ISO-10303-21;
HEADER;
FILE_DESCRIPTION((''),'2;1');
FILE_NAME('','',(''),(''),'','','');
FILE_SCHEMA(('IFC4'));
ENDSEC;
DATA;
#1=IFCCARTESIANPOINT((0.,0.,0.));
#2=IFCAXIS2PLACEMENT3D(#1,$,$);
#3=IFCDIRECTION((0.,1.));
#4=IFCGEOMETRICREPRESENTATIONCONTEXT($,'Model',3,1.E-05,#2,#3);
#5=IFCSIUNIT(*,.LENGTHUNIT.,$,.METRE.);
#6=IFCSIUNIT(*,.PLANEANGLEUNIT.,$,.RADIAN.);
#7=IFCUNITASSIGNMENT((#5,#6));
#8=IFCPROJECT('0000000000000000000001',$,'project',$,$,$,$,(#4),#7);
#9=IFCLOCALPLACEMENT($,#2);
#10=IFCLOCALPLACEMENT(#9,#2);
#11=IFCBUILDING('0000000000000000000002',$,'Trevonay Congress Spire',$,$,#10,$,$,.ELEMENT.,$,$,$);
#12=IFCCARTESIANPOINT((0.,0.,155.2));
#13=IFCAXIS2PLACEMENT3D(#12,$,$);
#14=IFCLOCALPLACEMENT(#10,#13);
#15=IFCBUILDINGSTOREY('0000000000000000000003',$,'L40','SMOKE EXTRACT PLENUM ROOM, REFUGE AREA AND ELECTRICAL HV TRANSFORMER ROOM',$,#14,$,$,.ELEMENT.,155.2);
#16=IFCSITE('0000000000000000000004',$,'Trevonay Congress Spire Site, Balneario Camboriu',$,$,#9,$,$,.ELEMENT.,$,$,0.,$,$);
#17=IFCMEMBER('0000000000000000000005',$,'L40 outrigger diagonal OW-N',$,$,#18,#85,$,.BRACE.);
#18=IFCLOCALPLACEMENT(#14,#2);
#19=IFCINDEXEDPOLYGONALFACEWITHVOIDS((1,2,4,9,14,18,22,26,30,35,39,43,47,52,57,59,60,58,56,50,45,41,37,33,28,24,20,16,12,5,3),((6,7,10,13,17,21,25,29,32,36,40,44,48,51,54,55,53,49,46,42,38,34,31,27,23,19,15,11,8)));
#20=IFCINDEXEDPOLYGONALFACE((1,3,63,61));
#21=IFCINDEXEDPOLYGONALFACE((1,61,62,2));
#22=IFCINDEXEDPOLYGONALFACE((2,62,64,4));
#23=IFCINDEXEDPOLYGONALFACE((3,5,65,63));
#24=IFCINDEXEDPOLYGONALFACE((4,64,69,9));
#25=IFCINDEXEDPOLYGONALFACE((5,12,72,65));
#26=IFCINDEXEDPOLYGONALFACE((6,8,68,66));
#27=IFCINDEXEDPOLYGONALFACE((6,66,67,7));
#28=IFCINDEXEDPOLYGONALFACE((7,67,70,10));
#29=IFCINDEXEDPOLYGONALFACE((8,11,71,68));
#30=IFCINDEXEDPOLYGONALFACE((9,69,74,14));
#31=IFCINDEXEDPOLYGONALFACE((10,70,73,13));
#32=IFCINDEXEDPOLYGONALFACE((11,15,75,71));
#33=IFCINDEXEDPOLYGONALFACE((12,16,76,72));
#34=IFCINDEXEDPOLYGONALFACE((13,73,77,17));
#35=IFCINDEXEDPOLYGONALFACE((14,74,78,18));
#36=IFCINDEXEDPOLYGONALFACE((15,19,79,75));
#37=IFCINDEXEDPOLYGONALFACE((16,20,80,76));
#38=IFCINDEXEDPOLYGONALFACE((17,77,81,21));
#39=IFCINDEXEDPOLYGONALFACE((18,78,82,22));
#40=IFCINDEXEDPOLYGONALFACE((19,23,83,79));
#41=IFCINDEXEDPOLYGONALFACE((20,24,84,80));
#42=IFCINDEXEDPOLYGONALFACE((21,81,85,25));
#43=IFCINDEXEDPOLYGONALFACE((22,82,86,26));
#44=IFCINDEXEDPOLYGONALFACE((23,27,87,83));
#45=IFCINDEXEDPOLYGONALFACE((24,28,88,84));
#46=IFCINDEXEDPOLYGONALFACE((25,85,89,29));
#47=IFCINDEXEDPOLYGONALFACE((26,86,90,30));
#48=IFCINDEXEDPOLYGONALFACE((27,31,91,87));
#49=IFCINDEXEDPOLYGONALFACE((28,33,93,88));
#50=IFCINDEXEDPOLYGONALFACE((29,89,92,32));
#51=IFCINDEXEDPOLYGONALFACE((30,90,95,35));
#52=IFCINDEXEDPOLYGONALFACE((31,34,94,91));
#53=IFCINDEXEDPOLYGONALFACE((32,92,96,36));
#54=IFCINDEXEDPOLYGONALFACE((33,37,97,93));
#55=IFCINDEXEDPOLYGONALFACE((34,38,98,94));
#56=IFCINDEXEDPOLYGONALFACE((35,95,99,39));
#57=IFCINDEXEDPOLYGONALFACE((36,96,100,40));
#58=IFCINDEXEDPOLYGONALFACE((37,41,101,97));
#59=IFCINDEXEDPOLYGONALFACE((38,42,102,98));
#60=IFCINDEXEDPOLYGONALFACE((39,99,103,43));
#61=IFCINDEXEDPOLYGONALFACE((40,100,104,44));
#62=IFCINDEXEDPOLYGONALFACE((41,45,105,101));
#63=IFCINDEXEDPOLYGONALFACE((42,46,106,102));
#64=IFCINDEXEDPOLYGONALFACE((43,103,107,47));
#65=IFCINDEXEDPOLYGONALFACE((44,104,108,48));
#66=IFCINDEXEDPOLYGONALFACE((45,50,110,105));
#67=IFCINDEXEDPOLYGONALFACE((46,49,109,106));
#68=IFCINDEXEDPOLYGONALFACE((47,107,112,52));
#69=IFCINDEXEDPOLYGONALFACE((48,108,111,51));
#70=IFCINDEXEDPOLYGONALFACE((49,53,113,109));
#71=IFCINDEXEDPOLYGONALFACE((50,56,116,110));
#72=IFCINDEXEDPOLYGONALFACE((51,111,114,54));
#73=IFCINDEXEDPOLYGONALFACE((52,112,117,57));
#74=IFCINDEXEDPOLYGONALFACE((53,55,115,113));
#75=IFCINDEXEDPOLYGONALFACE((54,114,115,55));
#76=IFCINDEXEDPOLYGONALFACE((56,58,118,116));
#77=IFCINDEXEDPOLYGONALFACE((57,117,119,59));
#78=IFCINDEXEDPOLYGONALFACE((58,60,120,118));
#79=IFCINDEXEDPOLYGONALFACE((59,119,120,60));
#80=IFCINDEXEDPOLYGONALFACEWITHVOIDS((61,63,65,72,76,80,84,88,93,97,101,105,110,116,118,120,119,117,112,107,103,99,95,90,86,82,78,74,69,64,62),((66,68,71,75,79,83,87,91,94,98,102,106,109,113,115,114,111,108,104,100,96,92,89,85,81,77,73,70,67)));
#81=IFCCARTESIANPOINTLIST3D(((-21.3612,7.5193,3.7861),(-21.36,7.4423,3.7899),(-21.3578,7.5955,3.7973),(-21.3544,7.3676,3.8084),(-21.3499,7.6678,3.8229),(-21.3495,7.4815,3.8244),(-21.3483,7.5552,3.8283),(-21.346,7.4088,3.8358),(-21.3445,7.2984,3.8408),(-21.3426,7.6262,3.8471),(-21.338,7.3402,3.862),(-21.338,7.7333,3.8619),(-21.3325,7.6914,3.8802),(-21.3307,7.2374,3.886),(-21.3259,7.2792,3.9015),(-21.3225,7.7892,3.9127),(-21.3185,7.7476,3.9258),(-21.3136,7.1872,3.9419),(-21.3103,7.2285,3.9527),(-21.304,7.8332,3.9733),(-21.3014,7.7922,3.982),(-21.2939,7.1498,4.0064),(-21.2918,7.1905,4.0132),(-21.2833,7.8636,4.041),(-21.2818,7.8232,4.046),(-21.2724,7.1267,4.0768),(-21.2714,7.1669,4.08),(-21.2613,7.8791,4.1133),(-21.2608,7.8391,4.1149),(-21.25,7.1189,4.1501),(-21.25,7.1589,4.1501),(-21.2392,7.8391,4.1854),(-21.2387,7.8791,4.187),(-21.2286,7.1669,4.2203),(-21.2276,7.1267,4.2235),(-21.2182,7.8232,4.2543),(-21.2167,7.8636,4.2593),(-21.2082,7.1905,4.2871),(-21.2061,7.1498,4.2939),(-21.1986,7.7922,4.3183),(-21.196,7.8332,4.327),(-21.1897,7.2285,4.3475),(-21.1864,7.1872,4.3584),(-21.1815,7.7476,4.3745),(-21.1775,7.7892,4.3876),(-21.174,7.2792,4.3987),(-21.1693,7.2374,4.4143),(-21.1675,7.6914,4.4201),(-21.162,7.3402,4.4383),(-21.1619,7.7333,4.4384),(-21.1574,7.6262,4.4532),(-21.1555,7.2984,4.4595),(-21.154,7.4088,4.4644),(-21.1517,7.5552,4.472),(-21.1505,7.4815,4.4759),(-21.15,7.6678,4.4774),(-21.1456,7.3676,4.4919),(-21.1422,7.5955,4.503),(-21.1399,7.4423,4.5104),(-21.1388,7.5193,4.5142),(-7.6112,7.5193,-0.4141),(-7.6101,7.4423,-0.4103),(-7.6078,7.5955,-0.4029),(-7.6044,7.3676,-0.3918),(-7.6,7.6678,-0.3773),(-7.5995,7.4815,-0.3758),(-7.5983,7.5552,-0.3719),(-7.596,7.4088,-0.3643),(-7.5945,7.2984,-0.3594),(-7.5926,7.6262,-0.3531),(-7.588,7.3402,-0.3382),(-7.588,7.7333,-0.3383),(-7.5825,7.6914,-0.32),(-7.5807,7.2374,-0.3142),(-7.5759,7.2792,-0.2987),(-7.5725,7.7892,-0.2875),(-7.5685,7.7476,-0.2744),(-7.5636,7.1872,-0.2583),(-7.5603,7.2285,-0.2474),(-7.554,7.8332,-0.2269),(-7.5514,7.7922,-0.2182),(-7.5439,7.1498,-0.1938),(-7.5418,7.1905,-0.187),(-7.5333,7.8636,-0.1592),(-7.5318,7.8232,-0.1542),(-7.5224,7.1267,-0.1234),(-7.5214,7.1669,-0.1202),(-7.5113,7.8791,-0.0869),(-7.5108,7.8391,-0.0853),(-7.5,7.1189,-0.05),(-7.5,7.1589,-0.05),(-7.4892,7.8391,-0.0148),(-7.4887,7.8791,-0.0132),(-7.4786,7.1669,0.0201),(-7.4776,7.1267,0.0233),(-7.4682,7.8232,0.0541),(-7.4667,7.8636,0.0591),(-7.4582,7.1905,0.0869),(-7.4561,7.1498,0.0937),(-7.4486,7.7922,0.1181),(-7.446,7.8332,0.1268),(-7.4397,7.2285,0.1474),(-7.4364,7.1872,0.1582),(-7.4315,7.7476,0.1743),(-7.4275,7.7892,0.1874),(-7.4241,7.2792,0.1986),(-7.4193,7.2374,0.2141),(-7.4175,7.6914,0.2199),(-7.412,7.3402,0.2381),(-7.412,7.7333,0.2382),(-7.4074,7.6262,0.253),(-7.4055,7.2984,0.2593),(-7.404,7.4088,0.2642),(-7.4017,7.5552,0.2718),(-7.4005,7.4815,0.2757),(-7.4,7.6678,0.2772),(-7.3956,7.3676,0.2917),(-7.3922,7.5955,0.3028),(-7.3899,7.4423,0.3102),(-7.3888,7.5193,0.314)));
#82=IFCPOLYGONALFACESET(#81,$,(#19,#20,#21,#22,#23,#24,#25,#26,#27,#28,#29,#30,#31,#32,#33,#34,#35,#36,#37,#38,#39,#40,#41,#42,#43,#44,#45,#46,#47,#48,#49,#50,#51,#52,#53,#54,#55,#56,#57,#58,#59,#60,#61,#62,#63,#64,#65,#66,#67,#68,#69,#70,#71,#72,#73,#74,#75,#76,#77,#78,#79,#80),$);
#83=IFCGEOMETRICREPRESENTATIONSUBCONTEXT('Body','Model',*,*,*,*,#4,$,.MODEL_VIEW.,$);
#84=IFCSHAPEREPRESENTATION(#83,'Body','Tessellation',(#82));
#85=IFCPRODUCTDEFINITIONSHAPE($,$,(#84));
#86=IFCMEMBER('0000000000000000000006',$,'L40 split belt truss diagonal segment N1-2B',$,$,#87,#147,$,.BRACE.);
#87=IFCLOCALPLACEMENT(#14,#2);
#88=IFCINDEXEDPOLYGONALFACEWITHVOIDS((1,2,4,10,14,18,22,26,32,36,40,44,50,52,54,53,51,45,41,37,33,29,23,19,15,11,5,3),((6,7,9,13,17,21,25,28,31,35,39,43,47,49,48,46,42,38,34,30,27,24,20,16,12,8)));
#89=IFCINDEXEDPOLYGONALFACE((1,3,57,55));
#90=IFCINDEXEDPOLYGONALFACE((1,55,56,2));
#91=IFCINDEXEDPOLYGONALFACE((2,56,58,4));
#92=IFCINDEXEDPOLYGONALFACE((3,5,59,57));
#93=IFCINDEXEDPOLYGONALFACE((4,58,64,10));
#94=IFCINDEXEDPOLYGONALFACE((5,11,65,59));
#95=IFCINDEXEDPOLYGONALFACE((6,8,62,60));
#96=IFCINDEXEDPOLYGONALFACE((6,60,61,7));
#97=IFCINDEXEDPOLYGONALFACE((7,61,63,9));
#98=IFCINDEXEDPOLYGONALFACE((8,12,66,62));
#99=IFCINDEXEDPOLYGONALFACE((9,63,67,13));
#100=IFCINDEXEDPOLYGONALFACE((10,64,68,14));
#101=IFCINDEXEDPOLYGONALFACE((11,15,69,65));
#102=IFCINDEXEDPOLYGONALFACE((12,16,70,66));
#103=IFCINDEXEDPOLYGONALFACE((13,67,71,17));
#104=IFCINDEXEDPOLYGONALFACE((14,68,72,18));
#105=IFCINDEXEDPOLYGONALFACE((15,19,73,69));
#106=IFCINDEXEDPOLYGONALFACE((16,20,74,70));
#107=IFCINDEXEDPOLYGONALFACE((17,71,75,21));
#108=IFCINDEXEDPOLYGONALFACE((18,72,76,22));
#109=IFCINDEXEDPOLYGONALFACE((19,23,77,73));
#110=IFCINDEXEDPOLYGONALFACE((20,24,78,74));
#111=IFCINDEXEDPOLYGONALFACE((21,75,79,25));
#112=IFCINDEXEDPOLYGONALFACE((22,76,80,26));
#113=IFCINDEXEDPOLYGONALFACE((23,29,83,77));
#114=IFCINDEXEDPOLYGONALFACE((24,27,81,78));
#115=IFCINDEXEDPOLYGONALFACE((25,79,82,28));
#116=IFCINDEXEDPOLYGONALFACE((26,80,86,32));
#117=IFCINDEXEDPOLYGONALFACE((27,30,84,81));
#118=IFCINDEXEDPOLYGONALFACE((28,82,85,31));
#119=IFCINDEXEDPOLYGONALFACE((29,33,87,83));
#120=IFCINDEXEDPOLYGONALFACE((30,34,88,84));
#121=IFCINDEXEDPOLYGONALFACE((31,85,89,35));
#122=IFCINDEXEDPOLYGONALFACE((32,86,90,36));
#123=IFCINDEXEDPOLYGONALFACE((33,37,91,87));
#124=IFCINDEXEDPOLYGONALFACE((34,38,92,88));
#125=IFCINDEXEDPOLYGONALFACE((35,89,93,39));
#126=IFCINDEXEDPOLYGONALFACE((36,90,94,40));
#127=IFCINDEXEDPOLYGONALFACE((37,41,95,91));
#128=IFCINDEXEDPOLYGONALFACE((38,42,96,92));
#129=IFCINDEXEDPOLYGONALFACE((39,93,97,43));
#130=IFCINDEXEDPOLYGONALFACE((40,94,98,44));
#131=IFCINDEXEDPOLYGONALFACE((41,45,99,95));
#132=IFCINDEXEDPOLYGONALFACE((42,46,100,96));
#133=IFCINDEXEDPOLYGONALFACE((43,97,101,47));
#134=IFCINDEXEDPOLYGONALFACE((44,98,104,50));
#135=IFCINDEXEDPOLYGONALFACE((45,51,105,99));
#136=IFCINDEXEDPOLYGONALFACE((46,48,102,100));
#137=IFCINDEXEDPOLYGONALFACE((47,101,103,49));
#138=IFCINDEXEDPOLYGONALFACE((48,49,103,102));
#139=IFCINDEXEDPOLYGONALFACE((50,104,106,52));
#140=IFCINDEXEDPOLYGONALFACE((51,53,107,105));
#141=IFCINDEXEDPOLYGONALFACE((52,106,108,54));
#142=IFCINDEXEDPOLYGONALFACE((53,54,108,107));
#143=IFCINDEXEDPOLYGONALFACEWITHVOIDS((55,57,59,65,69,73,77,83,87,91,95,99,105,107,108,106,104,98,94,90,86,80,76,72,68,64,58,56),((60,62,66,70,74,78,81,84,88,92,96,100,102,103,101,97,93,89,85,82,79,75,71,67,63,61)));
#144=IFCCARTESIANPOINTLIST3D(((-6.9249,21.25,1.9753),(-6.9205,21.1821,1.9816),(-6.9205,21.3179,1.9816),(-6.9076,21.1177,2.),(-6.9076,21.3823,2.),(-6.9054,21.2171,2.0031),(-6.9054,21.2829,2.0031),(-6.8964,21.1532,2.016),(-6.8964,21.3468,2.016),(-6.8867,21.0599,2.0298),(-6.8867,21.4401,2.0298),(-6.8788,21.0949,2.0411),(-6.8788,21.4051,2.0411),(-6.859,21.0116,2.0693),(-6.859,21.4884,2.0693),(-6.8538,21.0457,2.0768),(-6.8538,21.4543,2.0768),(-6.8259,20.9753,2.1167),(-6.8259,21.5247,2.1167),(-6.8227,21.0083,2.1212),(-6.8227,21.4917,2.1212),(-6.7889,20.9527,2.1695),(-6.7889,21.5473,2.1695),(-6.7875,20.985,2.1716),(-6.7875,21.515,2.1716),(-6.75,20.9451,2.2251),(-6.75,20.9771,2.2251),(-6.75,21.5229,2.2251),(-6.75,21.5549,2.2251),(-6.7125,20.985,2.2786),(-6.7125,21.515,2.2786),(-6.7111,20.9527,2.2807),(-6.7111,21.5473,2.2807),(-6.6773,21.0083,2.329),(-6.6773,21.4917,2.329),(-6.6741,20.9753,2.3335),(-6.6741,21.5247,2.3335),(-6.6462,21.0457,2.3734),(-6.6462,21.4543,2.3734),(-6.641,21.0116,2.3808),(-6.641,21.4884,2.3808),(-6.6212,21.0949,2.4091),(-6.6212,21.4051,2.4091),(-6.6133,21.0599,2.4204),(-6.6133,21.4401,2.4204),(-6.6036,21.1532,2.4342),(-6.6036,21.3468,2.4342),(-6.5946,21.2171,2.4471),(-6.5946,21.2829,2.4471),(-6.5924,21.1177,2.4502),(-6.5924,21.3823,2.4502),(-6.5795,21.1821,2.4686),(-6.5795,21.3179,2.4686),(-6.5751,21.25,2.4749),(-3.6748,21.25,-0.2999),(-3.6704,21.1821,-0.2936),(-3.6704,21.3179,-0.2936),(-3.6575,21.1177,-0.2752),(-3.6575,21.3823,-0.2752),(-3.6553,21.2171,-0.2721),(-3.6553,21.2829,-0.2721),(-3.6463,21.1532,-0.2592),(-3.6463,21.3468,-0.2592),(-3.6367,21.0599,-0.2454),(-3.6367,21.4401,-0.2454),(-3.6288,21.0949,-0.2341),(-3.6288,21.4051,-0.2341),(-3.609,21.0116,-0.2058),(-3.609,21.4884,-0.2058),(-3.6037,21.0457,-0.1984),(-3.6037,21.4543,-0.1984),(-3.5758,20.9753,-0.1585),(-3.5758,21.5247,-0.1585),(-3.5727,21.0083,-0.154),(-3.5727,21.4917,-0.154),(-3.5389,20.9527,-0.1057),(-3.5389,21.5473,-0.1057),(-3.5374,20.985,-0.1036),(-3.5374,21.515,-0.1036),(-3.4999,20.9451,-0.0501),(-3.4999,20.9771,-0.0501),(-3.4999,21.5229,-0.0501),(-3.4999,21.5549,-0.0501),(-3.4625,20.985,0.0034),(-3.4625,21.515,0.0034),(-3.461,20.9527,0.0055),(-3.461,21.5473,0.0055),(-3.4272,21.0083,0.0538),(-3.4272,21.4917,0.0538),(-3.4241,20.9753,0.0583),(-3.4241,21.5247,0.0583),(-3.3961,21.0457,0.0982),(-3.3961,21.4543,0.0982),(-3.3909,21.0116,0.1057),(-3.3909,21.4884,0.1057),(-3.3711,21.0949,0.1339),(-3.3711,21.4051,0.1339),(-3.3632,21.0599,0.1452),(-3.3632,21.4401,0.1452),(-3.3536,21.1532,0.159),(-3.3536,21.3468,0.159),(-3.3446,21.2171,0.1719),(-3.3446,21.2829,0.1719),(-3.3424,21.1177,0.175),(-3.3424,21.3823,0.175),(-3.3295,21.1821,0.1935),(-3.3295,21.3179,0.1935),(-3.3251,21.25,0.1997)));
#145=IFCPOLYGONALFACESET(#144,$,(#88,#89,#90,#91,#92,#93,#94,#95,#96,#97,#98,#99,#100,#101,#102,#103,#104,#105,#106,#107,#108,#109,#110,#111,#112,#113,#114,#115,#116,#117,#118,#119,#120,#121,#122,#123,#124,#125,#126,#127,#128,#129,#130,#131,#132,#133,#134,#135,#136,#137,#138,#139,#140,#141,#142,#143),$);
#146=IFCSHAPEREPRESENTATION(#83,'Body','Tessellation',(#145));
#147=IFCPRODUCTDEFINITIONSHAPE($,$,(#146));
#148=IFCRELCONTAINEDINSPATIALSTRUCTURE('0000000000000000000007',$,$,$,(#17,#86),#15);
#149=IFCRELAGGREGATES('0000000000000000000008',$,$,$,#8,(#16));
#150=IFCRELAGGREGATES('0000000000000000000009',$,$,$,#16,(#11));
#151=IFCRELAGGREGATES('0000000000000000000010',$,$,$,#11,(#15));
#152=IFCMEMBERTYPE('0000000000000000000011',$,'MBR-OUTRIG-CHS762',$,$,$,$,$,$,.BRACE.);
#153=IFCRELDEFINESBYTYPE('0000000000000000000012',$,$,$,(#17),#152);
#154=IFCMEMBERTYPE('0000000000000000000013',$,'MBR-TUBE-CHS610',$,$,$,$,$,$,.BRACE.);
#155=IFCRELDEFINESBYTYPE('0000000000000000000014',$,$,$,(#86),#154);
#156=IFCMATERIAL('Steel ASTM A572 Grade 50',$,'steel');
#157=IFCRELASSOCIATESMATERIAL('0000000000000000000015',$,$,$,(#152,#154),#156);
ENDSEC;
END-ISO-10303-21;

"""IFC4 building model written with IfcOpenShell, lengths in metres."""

from ifc_helpers import new_model, si_unit, direction, frame, origin, origin_2d, place, context, subcontext, project, spatial, hollow_circle, extrude, material, material_profile, profile_set, type_object, element, save


model = new_model("IFC4")

# Units and contexts
model_context = context("Model", 3, precision=1e-05, world=origin(), true_north=direction((0.0, 1.0)))
body_context = subcontext(model_context, "Body", "Model", "MODEL_VIEW")
ifc_project = project(units=[si_unit("LENGTHUNIT", "METRE"), si_unit("PLANEANGLEUNIT", "RADIAN")], contexts=[model_context])

# Site, building, storey
site_placement = place(None, origin())
site = spatial("IfcSite", under=ifc_project, at=site_placement, Name="Trevonay Congress Spire Site, Balneario Camboriu", CompositionType="ELEMENT", RefElevation=0.0)
building_placement = place(site_placement, origin())
building = spatial("IfcBuilding", under=site, at=building_placement, Name="Trevonay Congress Spire", CompositionType="ELEMENT")
storey_placement = place(building_placement, frame((0.0, 0.0, 155.2)))
storey = spatial("IfcBuildingStorey", under=building, at=storey_placement, Name="L40", Description="SMOKE EXTRACT PLENUM ROOM, REFUGE AREA AND ELECTRICAL HV TRANSFORMER ROOM", CompositionType="ELEMENT", Elevation=155.2)

# Shared definitions
ifc_material_1 = material(Name="Steel ASTM A572 Grade 50", Category="steel")

# Members
ifc_material_profile_1 = material_profile(ifc_material_1, hollow_circle(Radius=0.3811, WallThickness=0.04, at=origin_2d()), Name="CHS 762x40")
ifc_profile_set_1 = profile_set([ifc_material_profile_1], Name="Steel ASTM A572 Grade 50")
member_type_1 = type_object("IfcMemberType", Name="MBR-OUTRIG-CHS762", PredefinedType="BRACE", material=ifc_profile_set_1)
member_1_placement = place(storey_placement, frame((-7.5, 7.5, -0.05), z_axis=(-0.956375, 0.0, 0.292143), x_axis=(0.0, -1.0, 0.0)))
element("IfcMember", 1, at=member_1_placement, inside=storey, type_object=member_type_1, Name="L40 outrigger diagonal OW-N", PredefinedType="BRACE", context=body_context, shape_type="SweptSolid", body=[
    extrude(hollow_circle(Radius=0.3811, WallThickness=0.04, at=origin_2d()), origin(), (0.0, 0.0, 1.0), 14.3772),
])
ifc_material_profile_2 = material_profile(ifc_material_1, hollow_circle(Radius=0.3049, WallThickness=0.032, at=origin_2d()), Name="CHS 610x32")
ifc_profile_set_2 = profile_set([ifc_material_profile_2], Name="Steel ASTM A572 Grade 50")
member_type_2 = type_object("IfcMemberType", Name="MBR-TUBE-CHS610", PredefinedType="BRACE", material=ifc_profile_set_2)
member_2_placement = place(storey_placement, frame((-6.75, 21.25, 2.2251), z_axis=(0.819215, 0.0, -0.573487), x_axis=(0.0, 1.0, 0.0)))
element("IfcMember", 2, at=member_2_placement, inside=storey, type_object=member_type_2, Name="L40 split belt truss diagonal segment N1-2B", PredefinedType="BRACE", context=body_context, shape_type="SweptSolid", body=[
    extrude(hollow_circle(Radius=0.3049, WallThickness=0.032, at=origin_2d()), origin(), (0.0, 0.0, 1.0), 3.9673),
])

save(model, "model.ifc")
